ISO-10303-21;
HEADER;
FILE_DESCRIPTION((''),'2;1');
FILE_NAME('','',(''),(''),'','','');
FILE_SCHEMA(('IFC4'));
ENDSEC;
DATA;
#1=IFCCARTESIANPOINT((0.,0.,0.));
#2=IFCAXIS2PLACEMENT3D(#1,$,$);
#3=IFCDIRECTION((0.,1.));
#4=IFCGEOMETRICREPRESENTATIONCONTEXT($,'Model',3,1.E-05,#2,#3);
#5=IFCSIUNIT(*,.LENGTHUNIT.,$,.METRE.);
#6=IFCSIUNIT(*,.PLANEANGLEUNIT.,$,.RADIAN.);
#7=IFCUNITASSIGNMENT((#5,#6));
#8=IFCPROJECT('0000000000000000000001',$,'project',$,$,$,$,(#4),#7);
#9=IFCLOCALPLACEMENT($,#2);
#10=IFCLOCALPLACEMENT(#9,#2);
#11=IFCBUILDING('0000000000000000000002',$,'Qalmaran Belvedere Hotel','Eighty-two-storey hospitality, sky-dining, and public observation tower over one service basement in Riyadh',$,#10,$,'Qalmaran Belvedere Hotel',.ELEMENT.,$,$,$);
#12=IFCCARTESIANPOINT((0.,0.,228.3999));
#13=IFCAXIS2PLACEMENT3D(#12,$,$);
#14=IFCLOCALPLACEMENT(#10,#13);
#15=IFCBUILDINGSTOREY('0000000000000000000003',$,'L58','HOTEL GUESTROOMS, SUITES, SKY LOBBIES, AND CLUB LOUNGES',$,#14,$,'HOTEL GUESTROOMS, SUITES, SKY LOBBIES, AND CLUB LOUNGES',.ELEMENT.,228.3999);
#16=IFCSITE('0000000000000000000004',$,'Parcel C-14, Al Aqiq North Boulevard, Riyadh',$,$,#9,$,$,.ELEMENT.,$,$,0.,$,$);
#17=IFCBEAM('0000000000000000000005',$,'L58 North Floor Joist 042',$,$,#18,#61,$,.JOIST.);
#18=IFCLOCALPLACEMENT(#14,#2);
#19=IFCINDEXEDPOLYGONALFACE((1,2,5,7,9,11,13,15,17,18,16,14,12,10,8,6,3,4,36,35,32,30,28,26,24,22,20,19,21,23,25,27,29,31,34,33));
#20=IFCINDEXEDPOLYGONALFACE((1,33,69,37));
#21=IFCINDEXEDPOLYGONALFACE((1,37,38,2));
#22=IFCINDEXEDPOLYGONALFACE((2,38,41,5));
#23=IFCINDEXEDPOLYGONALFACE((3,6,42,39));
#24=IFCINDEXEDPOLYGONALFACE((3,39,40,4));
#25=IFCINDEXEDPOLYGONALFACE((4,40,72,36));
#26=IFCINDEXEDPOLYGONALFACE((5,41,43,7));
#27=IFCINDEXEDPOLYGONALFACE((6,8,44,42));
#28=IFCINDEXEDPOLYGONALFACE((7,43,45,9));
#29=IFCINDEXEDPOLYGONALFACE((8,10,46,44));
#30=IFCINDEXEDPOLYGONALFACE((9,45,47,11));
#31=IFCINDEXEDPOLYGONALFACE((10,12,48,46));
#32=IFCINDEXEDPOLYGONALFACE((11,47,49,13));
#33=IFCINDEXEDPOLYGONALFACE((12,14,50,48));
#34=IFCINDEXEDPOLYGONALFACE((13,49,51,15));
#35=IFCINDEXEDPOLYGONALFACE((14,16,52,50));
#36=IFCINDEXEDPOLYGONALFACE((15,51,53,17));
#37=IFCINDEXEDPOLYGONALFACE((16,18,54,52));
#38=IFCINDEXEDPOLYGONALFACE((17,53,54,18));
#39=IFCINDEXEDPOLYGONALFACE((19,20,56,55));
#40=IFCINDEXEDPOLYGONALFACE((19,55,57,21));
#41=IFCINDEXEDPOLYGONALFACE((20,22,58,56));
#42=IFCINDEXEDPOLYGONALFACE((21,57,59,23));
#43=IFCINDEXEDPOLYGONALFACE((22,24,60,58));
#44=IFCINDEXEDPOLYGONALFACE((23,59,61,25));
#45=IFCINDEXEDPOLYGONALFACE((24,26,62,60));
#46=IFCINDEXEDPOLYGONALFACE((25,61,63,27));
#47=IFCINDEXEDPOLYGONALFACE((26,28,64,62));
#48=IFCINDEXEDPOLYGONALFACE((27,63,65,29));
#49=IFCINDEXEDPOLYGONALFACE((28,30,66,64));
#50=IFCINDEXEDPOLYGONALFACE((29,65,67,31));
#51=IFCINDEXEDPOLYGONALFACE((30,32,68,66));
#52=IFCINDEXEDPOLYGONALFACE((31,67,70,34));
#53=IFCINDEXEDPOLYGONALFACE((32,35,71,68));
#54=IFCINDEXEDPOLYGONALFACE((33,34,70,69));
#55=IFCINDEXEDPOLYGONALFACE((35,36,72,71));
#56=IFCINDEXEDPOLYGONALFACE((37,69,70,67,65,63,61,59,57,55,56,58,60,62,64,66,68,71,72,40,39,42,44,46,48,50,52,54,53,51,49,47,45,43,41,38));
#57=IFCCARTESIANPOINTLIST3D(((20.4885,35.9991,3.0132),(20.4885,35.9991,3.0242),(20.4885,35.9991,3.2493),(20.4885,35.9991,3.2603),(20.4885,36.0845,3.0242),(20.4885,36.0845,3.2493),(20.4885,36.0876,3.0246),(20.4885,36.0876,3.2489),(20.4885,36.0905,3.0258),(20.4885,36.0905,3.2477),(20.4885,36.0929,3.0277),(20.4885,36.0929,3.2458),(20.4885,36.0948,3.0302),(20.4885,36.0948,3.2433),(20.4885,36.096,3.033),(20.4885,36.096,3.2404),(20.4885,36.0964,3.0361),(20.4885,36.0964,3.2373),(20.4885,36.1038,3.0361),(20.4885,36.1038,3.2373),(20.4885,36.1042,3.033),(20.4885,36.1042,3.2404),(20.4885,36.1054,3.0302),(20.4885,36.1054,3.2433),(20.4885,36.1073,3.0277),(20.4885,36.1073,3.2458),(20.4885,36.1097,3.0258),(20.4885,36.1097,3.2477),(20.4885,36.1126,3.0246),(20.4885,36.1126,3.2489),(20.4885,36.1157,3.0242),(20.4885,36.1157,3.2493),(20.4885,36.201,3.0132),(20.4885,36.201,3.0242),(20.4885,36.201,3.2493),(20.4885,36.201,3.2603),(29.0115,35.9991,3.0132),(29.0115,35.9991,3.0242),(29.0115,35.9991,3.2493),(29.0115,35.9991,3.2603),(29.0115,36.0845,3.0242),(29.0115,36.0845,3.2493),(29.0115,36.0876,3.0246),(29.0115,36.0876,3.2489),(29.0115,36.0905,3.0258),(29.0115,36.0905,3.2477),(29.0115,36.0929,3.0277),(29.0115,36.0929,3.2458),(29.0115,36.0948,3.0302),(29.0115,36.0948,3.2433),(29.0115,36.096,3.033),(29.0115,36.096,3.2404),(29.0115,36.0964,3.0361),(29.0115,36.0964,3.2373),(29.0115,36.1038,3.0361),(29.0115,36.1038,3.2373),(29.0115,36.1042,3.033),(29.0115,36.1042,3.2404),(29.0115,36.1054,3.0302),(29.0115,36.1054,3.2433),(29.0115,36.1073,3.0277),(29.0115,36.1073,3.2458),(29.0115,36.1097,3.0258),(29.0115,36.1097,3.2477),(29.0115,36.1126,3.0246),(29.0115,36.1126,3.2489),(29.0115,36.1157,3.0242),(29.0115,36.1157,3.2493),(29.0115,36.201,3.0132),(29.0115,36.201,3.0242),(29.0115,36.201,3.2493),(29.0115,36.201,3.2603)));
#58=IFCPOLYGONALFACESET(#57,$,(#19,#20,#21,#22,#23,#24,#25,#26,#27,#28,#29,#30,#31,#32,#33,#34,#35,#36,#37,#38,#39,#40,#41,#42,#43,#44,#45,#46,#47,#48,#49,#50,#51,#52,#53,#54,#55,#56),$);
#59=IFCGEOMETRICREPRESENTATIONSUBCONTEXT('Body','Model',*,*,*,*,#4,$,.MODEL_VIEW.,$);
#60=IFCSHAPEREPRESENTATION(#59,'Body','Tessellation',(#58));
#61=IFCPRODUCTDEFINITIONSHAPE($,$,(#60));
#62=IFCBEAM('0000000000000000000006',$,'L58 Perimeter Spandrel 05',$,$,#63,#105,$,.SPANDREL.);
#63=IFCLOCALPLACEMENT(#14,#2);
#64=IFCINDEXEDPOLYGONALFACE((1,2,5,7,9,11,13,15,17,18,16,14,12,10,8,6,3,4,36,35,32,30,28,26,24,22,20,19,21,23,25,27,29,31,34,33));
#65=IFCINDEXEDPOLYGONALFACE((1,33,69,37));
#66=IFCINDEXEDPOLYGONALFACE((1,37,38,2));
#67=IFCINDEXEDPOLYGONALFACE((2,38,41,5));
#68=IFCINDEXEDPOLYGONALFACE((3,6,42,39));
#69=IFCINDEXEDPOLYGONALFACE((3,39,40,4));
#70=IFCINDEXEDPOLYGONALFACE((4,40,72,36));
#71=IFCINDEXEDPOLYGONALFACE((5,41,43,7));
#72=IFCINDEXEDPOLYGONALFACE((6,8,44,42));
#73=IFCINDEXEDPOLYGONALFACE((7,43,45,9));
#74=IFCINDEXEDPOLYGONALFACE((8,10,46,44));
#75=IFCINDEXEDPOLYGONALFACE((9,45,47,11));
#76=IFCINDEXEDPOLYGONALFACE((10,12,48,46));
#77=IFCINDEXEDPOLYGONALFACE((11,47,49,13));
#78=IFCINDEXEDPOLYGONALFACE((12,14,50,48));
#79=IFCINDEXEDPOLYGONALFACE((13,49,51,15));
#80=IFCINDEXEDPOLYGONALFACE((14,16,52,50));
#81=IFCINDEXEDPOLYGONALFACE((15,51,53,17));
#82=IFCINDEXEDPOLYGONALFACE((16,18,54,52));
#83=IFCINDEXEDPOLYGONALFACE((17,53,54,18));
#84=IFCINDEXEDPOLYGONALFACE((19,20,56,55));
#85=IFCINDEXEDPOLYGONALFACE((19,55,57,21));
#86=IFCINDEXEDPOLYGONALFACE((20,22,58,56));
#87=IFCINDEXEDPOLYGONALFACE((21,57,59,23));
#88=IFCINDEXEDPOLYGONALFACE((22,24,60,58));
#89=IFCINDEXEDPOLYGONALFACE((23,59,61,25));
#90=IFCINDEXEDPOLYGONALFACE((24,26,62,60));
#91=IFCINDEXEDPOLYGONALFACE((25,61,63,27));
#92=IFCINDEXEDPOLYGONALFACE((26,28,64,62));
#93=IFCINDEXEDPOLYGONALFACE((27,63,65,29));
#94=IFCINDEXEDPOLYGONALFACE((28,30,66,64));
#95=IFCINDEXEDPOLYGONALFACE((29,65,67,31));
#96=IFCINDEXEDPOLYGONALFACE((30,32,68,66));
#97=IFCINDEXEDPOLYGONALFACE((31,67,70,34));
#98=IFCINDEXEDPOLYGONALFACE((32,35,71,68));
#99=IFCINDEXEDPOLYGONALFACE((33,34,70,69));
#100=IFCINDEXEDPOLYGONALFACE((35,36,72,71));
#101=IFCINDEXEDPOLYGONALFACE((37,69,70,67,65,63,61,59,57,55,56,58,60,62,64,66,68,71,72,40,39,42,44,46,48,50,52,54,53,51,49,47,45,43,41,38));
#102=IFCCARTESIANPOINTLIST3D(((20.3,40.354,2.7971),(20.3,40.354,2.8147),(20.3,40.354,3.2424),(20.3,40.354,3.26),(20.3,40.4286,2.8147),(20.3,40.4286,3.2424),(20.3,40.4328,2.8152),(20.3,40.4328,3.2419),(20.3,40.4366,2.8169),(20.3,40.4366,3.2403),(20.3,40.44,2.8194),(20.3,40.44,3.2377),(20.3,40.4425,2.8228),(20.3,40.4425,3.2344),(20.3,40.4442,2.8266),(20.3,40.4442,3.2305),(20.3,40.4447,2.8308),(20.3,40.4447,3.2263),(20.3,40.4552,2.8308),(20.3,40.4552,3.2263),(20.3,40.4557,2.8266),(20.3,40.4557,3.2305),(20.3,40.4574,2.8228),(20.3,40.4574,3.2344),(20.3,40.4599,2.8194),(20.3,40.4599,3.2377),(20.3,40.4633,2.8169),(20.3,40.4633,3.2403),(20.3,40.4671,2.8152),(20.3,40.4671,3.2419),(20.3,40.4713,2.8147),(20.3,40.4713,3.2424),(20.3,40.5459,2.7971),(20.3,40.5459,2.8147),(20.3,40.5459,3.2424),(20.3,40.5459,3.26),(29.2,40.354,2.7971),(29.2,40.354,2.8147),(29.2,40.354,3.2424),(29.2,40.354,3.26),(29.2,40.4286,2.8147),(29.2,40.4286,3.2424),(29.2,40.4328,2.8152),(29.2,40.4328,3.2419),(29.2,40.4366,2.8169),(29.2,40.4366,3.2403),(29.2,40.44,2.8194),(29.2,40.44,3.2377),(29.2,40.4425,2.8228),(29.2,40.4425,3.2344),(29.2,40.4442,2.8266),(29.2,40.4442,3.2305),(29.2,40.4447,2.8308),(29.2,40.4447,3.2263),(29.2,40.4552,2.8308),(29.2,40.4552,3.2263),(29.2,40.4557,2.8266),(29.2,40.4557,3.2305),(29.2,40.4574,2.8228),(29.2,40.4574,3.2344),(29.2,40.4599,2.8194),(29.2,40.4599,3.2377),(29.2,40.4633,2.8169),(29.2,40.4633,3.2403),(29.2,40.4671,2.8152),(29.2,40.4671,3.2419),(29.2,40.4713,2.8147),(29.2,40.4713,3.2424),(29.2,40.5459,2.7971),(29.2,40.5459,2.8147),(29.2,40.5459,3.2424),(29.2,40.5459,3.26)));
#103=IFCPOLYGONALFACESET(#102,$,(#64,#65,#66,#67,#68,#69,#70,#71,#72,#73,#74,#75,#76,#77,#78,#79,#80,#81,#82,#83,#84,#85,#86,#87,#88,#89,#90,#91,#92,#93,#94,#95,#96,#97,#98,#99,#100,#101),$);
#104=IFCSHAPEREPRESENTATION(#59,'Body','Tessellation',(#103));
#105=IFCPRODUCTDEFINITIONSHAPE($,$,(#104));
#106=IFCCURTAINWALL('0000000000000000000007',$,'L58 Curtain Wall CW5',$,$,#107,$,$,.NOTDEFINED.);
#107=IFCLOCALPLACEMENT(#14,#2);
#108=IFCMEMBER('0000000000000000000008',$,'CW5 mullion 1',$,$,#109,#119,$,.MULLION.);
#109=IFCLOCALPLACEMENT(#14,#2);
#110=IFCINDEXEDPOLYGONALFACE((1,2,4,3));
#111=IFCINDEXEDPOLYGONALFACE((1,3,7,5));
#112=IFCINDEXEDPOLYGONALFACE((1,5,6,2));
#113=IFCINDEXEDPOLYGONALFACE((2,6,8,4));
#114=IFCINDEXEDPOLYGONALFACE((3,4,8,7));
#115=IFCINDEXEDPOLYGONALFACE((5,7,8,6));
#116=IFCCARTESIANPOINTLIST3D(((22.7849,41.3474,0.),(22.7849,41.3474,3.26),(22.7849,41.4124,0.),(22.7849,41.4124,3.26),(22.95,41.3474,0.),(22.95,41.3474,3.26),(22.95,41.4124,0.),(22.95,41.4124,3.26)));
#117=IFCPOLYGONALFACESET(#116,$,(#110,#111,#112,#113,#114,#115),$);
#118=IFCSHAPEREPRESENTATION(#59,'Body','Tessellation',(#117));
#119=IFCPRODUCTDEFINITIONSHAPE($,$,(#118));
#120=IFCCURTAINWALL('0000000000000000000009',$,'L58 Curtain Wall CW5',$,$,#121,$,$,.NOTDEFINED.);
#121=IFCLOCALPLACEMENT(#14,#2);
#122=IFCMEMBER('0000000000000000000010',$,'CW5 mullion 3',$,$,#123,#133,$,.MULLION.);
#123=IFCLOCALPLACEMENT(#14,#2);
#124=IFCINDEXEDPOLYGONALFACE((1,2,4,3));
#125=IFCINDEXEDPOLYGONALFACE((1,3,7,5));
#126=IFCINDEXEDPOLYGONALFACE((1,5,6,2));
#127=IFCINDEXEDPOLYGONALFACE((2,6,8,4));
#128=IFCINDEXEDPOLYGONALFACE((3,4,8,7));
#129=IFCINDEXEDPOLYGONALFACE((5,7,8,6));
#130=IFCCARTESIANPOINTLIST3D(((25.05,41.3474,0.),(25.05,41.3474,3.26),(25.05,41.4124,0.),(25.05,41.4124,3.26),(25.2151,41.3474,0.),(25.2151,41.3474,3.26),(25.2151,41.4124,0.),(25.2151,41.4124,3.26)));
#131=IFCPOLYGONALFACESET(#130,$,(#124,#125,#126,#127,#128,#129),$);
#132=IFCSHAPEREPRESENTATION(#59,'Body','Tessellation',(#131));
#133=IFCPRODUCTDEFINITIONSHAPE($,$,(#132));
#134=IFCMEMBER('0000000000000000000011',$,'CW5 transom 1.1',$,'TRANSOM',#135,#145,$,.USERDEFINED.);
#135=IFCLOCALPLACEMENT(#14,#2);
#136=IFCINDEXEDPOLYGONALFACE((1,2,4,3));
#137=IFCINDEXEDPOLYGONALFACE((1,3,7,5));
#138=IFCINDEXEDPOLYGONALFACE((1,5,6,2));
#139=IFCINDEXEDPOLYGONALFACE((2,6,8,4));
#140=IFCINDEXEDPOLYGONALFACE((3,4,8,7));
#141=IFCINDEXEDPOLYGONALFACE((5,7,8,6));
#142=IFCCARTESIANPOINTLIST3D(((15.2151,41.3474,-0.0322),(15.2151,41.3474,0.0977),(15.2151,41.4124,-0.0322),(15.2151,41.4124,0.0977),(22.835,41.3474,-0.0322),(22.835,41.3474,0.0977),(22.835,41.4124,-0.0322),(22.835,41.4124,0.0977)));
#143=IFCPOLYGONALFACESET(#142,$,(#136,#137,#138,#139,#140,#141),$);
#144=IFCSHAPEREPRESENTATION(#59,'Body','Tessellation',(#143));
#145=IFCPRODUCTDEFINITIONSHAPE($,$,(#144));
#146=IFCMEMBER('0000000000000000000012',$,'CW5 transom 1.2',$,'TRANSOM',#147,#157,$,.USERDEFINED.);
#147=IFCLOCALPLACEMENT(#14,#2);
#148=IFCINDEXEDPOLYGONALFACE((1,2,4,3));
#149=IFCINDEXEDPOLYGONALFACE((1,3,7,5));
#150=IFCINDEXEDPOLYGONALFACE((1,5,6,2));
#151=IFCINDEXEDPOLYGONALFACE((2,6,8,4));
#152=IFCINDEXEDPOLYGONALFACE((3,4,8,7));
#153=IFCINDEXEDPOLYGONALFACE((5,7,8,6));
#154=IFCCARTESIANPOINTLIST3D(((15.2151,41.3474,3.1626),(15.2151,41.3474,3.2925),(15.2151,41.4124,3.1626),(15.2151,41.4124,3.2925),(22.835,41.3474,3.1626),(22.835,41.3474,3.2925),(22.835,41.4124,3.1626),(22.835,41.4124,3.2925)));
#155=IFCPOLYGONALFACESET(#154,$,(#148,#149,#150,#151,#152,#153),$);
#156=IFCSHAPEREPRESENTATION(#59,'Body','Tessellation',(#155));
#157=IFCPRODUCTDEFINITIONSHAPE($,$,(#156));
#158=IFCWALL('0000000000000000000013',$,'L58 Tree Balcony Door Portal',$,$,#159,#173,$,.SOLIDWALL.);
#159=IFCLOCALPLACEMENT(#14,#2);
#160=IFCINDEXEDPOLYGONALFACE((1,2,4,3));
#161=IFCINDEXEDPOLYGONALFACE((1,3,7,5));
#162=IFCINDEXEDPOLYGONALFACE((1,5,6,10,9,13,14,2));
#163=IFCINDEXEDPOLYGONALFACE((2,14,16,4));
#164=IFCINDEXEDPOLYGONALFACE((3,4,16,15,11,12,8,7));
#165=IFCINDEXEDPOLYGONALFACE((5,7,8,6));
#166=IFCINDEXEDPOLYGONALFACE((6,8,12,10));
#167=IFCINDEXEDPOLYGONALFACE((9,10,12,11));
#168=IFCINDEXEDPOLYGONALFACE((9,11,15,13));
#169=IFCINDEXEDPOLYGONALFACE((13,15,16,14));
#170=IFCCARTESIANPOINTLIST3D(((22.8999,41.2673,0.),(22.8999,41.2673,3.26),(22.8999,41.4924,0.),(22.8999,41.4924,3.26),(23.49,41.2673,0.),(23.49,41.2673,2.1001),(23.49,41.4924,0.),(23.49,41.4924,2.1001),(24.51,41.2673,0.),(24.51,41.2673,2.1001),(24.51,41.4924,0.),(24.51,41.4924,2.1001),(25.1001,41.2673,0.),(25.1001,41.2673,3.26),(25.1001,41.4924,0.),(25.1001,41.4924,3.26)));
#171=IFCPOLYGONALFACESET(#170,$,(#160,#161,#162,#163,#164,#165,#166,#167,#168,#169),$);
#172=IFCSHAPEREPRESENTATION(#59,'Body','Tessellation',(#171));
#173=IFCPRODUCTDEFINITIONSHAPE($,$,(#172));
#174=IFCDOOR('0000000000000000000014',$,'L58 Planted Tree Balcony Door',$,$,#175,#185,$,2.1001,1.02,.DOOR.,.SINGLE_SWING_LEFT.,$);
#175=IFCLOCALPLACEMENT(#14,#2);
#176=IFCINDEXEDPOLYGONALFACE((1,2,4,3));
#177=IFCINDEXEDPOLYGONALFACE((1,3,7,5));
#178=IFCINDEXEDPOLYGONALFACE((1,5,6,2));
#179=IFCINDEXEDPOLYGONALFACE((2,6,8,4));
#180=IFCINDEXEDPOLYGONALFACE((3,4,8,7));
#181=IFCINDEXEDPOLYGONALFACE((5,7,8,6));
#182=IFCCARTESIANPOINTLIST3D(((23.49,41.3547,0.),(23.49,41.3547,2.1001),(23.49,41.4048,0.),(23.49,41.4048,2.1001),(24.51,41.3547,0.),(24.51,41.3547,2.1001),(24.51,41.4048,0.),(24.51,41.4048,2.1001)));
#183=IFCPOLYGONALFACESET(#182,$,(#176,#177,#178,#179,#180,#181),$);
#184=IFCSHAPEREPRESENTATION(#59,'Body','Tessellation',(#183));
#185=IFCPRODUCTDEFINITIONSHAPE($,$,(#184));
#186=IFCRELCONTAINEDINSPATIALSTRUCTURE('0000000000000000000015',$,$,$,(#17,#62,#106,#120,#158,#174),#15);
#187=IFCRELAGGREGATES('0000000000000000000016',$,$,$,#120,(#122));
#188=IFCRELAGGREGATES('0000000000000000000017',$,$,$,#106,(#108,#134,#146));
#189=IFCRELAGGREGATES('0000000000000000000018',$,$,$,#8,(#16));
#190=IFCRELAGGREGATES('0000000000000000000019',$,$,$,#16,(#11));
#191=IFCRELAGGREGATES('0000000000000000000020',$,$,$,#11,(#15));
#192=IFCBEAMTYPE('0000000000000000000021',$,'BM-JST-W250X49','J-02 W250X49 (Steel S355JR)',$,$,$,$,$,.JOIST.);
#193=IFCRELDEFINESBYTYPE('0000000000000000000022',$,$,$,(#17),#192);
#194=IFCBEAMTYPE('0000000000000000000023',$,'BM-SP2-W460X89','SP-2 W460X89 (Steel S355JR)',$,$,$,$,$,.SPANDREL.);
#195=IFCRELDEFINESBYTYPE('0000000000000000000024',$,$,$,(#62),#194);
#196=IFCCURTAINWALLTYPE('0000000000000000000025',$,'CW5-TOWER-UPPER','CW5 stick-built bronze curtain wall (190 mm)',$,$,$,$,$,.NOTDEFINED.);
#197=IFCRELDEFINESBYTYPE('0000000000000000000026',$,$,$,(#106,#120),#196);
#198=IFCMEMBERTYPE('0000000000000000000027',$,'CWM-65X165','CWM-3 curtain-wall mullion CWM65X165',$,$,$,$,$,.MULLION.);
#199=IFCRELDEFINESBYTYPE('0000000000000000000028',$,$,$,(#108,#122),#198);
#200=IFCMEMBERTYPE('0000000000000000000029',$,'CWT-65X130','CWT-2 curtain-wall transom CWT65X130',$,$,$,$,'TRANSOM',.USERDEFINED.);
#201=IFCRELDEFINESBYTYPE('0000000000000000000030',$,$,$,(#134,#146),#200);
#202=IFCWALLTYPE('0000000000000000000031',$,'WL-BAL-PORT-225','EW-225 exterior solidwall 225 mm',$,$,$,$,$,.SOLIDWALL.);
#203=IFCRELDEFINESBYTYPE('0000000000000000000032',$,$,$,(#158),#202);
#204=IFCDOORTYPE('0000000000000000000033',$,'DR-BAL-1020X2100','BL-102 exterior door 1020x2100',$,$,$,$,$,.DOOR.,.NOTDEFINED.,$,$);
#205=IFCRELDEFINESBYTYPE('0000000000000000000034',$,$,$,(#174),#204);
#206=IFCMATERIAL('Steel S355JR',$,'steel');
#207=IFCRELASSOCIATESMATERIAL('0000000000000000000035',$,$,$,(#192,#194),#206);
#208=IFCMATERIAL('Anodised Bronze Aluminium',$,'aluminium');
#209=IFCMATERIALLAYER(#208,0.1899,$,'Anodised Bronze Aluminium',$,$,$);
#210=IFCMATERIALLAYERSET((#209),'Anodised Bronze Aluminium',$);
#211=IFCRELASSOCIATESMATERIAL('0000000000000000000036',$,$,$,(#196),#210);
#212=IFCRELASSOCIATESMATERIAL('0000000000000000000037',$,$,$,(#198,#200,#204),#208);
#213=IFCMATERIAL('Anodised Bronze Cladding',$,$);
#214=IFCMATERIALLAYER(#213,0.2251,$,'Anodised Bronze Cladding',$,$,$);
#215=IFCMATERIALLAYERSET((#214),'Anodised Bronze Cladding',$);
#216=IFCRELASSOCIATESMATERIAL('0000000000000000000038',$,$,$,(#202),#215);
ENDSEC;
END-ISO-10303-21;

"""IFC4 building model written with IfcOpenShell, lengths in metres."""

from ifc_helpers import new_model, si_unit, direction, frame, frame_2d, origin, origin_2d, place, context, subcontext, project, spatial, rectangle, i_section, extrude, material, layer, layer_set, material_profile, profile_set, type_object, element, fill, aggregate, save


model = new_model("IFC4")

# Units and contexts
model_context = context("Model", 3, precision=1e-05, world=origin(), true_north=direction((0.0, 1.0)))
body_context = subcontext(model_context, "Body", "Model", "MODEL_VIEW")
ifc_project = project(units=[si_unit("LENGTHUNIT", "METRE"), si_unit("PLANEANGLEUNIT", "RADIAN")], contexts=[model_context])

# Site, building, storey
site_placement = place(None, origin())
site = spatial("IfcSite", under=ifc_project, at=site_placement, Name="Parcel C-14, Al Aqiq North Boulevard, Riyadh", CompositionType="ELEMENT", RefElevation=0.0)
building_placement = place(site_placement, origin())
building = spatial("IfcBuilding", under=site, at=building_placement, Name="Qalmaran Belvedere Hotel", Description="Eighty-two-storey hospitality, sky-dining, and public observation tower over one service basement in Riyadh", LongName="Qalmaran Belvedere Hotel", CompositionType="ELEMENT")
storey_placement = place(building_placement, frame((0.0, 0.0, 228.3999)))
storey = spatial("IfcBuildingStorey", under=building, at=storey_placement, Name="L58", Description="HOTEL GUESTROOMS, SUITES, SKY LOBBIES, AND CLUB LOUNGES", LongName="HOTEL GUESTROOMS, SUITES, SKY LOBBIES, AND CLUB LOUNGES", CompositionType="ELEMENT", Elevation=228.3999)

# Beams
ifc_material_1 = material(Name="Steel S355JR", Category="steel")
ifc_material_profile_1 = material_profile(ifc_material_1, i_section(OverallWidth=0.2019, OverallDepth=0.2471, WebThickness=0.0073, FlangeThickness=0.011, FilletRadius=0.012, at=origin_2d()), Name="W250X49")
ifc_profile_set_1 = profile_set([ifc_material_profile_1], Name="Steel S355JR")
beam_type_1 = type_object("IfcBeamType", Name="BM-JST-W250X49", Description="J-02 W250X49 (Steel S355JR)", PredefinedType="JOIST", material=ifc_profile_set_1)
beam_1_placement = place(storey_placement, frame((20.4885, 36.1001, 3.1367), z_axis=(1.0, 0.0, 0.0), x_axis=(0.0, 1.0, 0.0)))
element("IfcBeam", 1, at=beam_1_placement, inside=storey, type_object=beam_type_1, Name="L58 North Floor Joist 042", PredefinedType="JOIST", context=body_context, shape_type="SweptSolid", body=[
    extrude(i_section(OverallWidth=0.2019, OverallDepth=0.2471, WebThickness=0.0073, FlangeThickness=0.011, FilletRadius=0.012, at=origin_2d()), origin(), (0.0, 0.0, 1.0), 8.5229),
])
ifc_material_profile_2 = material_profile(ifc_material_1, i_section(OverallWidth=0.1919, OverallDepth=0.4629, WebThickness=0.0105, FlangeThickness=0.0176, FilletRadius=0.0161, at=origin_2d()), Name="W460X89")
ifc_profile_set_2 = profile_set([ifc_material_profile_2], Name="Steel S355JR")
beam_type_2 = type_object("IfcBeamType", Name="BM-SP2-W460X89", Description="SP-2 W460X89 (Steel S355JR)", PredefinedType="SPANDREL", material=ifc_profile_set_2)
beam_2_placement = place(storey_placement, frame((20.3, 40.45, 3.0286), z_axis=(1.0, 0.0, 0.0), x_axis=(0.0, 1.0, 0.0)))
element("IfcBeam", 2, at=beam_2_placement, inside=storey, type_object=beam_type_2, Name="L58 Perimeter Spandrel 05", PredefinedType="SPANDREL", context=body_context, shape_type="SweptSolid", body=[
    extrude(i_section(OverallWidth=0.1919, OverallDepth=0.4629, WebThickness=0.0105, FlangeThickness=0.0176, FilletRadius=0.0161, at=origin_2d()), origin(), (0.0, 0.0, 1.0), 8.8999),
])

# Curtain walls, members
ifc_material_2 = material(Name="Anodised Bronze Aluminium", Category="aluminium")
ifc_layer_1 = layer(ifc_material_2, 0.1899, Name="Anodised Bronze Aluminium")
ifc_layer_set_1 = layer_set([ifc_layer_1], Name="Anodised Bronze Aluminium")
curtain_wall_type = type_object("IfcCurtainWallType", Name="CW5-TOWER-UPPER", Description="CW5 stick-built bronze curtain wall (190 mm)", PredefinedType="NOTDEFINED", material=ifc_layer_set_1)
curtain_wall_1_placement = place(storey_placement, origin())
curtain_wall_1 = element("IfcCurtainWall", 3, at=curtain_wall_1_placement, inside=storey, type_object=curtain_wall_type, Name="L58 Curtain Wall CW5", PredefinedType="NOTDEFINED")
ifc_material_profile_3 = material_profile(ifc_material_2, rectangle(XDim=0.0649, YDim=0.165, at=origin_2d()), Name="CWM65X165")
ifc_profile_set_3 = profile_set([ifc_material_profile_3], Name="Anodised Bronze Aluminium")
member_type_1 = type_object("IfcMemberType", Name="CWM-65X165", Description="CWM-3 curtain-wall mullion CWM65X165", PredefinedType="MULLION", material=ifc_profile_set_3)
member_1_placement = place(storey_placement, frame((22.8674, 41.3799, 0.0), z_axis=(0.0, 0.0, 1.0), x_axis=(0.0, -1.0, 0.0)))
member_1 = element("IfcMember", 4, at=member_1_placement, type_object=member_type_1, Name="CW5 mullion 1", PredefinedType="MULLION", context=body_context, shape_type="SweptSolid", body=[
    extrude(rectangle(XDim=0.0649, YDim=0.165, at=origin_2d()), origin(), (0.0, 0.0, 1.0), 3.26),
])
curtain_wall_2_placement = place(storey_placement, origin())
curtain_wall_2 = element("IfcCurtainWall", 5, at=curtain_wall_2_placement, inside=storey, type_object=curtain_wall_type, Name="L58 Curtain Wall CW5", PredefinedType="NOTDEFINED")
member_2_placement = place(storey_placement, frame((25.1326, 41.3799, 0.0), z_axis=(0.0, 0.0, 1.0), x_axis=(0.0, -1.0, 0.0)))
member_2 = element("IfcMember", 6, at=member_2_placement, type_object=member_type_1, Name="CW5 mullion 3", PredefinedType="MULLION", context=body_context, shape_type="SweptSolid", body=[
    extrude(rectangle(XDim=0.0649, YDim=0.165, at=origin_2d()), origin(), (0.0, 0.0, 1.0), 3.26),
])
aggregate(curtain_wall_2, [member_2])

# Members
ifc_material_profile_4 = material_profile(ifc_material_2, rectangle(XDim=0.0649, YDim=0.1299, at=origin_2d()), Name="CWT65X130")
ifc_profile_set_4 = profile_set([ifc_material_profile_4], Name="Anodised Bronze Aluminium")
member_type_2 = type_object("IfcMemberType", Name="CWT-65X130", Description="CWT-2 curtain-wall transom CWT65X130", ElementType="TRANSOM", PredefinedType="USERDEFINED", material=ifc_profile_set_4)
member_3_placement = place(storey_placement, frame((22.835, 41.3799, 0.0327), z_axis=(-1.0, 0.0, 0.0), x_axis=(0.0, -1.0, 0.0)))
member_3 = element("IfcMember", 7, at=member_3_placement, type_object=member_type_2, Name="CW5 transom 1.1", ObjectType="TRANSOM", PredefinedType="USERDEFINED", context=body_context, shape_type="SweptSolid", body=[
    extrude(rectangle(XDim=0.0649, YDim=0.1299, at=origin_2d()), origin(), (0.0, 0.0, 1.0), 7.6199),
])
member_4_placement = place(storey_placement, frame((22.835, 41.3799, 3.2275), z_axis=(-1.0, 0.0, 0.0), x_axis=(0.0, -1.0, 0.0)))
member_4 = element("IfcMember", 8, at=member_4_placement, type_object=member_type_2, Name="CW5 transom 1.2", ObjectType="TRANSOM", PredefinedType="USERDEFINED", context=body_context, shape_type="SweptSolid", body=[
    extrude(rectangle(XDim=0.0649, YDim=0.1299, at=origin_2d()), origin(), (0.0, 0.0, 1.0), 7.6199),
])
aggregate(curtain_wall_1, [member_1, member_3, member_4])

# Wall, opening, door
ifc_material_3 = material(Name="Anodised Bronze Cladding")
ifc_layer_2 = layer(ifc_material_3, 0.2251, Name="Anodised Bronze Cladding")
ifc_layer_set_2 = layer_set([ifc_layer_2], Name="Anodised Bronze Cladding")
wall_type_1 = type_object("IfcWallType", Name="WL-BAL-PORT-225", Description="EW-225 exterior solidwall 225 mm", PredefinedType="SOLIDWALL", material=ifc_layer_set_2)
wall_1_placement = place(storey_placement, frame((22.8999, 41.3799, 0.0), z_axis=(0.0, 0.0, 1.0), x_axis=(1.0, 0.0, 0.0)))
wall_1 = element("IfcWall", 9, at=wall_1_placement, inside=storey, type_object=wall_type_1, Name="L58 Tree Balcony Door Portal", PredefinedType="SOLIDWALL", context=body_context, shape_type="SweptSolid", body=[
    extrude(rectangle(XDim=2.2002, YDim=0.2251, at=frame_2d((1.1001, 0.0))), origin(), (0.0, 0.0, 1.0), 3.26),
])
opening_1_placement = place(wall_1_placement, frame((0.5901, 0.0, 0.0)))
opening_1 = element("IfcOpeningElement", 10, at=opening_1_placement, cuts=wall_1, PredefinedType="OPENING", context=body_context, shape_type="SweptSolid", body=[
    extrude(rectangle(XDim=1.02, YDim=2.1001, at=frame_2d((0.51, 1.05))), frame((0.0, 0.1226, 0.0), z_axis=(0.0, -1.0, 0.0), x_axis=(1.0, 0.0, 0.0)), (0.0, 0.0, 1.0), 0.2451),
])
door_type_1 = type_object("IfcDoorType", Name="DR-BAL-1020X2100", Description="BL-102 exterior door 1020x2100", OperationType="NOTDEFINED", PredefinedType="DOOR", material=ifc_material_2)
door_1_placement = place(opening_1_placement, origin())
door_1 = element("IfcDoor", 11, at=door_1_placement, inside=storey, type_object=door_type_1, Name="L58 Planted Tree Balcony Door", OperationType="SINGLE_SWING_LEFT", OverallHeight=2.1001, OverallWidth=1.02, PredefinedType="DOOR", context=body_context, shape_type="SweptSolid", body=[
    extrude(rectangle(XDim=1.02, YDim=2.1001, at=frame_2d((0.51, 1.05))), frame((0.0, 0.0249, 0.0), z_axis=(0.0, -1.0, 0.0), x_axis=(1.0, 0.0, 0.0)), (0.0, 0.0, 1.0), 0.05),
])
fill(opening_1, door_1)

save(model, "model.ifc")
